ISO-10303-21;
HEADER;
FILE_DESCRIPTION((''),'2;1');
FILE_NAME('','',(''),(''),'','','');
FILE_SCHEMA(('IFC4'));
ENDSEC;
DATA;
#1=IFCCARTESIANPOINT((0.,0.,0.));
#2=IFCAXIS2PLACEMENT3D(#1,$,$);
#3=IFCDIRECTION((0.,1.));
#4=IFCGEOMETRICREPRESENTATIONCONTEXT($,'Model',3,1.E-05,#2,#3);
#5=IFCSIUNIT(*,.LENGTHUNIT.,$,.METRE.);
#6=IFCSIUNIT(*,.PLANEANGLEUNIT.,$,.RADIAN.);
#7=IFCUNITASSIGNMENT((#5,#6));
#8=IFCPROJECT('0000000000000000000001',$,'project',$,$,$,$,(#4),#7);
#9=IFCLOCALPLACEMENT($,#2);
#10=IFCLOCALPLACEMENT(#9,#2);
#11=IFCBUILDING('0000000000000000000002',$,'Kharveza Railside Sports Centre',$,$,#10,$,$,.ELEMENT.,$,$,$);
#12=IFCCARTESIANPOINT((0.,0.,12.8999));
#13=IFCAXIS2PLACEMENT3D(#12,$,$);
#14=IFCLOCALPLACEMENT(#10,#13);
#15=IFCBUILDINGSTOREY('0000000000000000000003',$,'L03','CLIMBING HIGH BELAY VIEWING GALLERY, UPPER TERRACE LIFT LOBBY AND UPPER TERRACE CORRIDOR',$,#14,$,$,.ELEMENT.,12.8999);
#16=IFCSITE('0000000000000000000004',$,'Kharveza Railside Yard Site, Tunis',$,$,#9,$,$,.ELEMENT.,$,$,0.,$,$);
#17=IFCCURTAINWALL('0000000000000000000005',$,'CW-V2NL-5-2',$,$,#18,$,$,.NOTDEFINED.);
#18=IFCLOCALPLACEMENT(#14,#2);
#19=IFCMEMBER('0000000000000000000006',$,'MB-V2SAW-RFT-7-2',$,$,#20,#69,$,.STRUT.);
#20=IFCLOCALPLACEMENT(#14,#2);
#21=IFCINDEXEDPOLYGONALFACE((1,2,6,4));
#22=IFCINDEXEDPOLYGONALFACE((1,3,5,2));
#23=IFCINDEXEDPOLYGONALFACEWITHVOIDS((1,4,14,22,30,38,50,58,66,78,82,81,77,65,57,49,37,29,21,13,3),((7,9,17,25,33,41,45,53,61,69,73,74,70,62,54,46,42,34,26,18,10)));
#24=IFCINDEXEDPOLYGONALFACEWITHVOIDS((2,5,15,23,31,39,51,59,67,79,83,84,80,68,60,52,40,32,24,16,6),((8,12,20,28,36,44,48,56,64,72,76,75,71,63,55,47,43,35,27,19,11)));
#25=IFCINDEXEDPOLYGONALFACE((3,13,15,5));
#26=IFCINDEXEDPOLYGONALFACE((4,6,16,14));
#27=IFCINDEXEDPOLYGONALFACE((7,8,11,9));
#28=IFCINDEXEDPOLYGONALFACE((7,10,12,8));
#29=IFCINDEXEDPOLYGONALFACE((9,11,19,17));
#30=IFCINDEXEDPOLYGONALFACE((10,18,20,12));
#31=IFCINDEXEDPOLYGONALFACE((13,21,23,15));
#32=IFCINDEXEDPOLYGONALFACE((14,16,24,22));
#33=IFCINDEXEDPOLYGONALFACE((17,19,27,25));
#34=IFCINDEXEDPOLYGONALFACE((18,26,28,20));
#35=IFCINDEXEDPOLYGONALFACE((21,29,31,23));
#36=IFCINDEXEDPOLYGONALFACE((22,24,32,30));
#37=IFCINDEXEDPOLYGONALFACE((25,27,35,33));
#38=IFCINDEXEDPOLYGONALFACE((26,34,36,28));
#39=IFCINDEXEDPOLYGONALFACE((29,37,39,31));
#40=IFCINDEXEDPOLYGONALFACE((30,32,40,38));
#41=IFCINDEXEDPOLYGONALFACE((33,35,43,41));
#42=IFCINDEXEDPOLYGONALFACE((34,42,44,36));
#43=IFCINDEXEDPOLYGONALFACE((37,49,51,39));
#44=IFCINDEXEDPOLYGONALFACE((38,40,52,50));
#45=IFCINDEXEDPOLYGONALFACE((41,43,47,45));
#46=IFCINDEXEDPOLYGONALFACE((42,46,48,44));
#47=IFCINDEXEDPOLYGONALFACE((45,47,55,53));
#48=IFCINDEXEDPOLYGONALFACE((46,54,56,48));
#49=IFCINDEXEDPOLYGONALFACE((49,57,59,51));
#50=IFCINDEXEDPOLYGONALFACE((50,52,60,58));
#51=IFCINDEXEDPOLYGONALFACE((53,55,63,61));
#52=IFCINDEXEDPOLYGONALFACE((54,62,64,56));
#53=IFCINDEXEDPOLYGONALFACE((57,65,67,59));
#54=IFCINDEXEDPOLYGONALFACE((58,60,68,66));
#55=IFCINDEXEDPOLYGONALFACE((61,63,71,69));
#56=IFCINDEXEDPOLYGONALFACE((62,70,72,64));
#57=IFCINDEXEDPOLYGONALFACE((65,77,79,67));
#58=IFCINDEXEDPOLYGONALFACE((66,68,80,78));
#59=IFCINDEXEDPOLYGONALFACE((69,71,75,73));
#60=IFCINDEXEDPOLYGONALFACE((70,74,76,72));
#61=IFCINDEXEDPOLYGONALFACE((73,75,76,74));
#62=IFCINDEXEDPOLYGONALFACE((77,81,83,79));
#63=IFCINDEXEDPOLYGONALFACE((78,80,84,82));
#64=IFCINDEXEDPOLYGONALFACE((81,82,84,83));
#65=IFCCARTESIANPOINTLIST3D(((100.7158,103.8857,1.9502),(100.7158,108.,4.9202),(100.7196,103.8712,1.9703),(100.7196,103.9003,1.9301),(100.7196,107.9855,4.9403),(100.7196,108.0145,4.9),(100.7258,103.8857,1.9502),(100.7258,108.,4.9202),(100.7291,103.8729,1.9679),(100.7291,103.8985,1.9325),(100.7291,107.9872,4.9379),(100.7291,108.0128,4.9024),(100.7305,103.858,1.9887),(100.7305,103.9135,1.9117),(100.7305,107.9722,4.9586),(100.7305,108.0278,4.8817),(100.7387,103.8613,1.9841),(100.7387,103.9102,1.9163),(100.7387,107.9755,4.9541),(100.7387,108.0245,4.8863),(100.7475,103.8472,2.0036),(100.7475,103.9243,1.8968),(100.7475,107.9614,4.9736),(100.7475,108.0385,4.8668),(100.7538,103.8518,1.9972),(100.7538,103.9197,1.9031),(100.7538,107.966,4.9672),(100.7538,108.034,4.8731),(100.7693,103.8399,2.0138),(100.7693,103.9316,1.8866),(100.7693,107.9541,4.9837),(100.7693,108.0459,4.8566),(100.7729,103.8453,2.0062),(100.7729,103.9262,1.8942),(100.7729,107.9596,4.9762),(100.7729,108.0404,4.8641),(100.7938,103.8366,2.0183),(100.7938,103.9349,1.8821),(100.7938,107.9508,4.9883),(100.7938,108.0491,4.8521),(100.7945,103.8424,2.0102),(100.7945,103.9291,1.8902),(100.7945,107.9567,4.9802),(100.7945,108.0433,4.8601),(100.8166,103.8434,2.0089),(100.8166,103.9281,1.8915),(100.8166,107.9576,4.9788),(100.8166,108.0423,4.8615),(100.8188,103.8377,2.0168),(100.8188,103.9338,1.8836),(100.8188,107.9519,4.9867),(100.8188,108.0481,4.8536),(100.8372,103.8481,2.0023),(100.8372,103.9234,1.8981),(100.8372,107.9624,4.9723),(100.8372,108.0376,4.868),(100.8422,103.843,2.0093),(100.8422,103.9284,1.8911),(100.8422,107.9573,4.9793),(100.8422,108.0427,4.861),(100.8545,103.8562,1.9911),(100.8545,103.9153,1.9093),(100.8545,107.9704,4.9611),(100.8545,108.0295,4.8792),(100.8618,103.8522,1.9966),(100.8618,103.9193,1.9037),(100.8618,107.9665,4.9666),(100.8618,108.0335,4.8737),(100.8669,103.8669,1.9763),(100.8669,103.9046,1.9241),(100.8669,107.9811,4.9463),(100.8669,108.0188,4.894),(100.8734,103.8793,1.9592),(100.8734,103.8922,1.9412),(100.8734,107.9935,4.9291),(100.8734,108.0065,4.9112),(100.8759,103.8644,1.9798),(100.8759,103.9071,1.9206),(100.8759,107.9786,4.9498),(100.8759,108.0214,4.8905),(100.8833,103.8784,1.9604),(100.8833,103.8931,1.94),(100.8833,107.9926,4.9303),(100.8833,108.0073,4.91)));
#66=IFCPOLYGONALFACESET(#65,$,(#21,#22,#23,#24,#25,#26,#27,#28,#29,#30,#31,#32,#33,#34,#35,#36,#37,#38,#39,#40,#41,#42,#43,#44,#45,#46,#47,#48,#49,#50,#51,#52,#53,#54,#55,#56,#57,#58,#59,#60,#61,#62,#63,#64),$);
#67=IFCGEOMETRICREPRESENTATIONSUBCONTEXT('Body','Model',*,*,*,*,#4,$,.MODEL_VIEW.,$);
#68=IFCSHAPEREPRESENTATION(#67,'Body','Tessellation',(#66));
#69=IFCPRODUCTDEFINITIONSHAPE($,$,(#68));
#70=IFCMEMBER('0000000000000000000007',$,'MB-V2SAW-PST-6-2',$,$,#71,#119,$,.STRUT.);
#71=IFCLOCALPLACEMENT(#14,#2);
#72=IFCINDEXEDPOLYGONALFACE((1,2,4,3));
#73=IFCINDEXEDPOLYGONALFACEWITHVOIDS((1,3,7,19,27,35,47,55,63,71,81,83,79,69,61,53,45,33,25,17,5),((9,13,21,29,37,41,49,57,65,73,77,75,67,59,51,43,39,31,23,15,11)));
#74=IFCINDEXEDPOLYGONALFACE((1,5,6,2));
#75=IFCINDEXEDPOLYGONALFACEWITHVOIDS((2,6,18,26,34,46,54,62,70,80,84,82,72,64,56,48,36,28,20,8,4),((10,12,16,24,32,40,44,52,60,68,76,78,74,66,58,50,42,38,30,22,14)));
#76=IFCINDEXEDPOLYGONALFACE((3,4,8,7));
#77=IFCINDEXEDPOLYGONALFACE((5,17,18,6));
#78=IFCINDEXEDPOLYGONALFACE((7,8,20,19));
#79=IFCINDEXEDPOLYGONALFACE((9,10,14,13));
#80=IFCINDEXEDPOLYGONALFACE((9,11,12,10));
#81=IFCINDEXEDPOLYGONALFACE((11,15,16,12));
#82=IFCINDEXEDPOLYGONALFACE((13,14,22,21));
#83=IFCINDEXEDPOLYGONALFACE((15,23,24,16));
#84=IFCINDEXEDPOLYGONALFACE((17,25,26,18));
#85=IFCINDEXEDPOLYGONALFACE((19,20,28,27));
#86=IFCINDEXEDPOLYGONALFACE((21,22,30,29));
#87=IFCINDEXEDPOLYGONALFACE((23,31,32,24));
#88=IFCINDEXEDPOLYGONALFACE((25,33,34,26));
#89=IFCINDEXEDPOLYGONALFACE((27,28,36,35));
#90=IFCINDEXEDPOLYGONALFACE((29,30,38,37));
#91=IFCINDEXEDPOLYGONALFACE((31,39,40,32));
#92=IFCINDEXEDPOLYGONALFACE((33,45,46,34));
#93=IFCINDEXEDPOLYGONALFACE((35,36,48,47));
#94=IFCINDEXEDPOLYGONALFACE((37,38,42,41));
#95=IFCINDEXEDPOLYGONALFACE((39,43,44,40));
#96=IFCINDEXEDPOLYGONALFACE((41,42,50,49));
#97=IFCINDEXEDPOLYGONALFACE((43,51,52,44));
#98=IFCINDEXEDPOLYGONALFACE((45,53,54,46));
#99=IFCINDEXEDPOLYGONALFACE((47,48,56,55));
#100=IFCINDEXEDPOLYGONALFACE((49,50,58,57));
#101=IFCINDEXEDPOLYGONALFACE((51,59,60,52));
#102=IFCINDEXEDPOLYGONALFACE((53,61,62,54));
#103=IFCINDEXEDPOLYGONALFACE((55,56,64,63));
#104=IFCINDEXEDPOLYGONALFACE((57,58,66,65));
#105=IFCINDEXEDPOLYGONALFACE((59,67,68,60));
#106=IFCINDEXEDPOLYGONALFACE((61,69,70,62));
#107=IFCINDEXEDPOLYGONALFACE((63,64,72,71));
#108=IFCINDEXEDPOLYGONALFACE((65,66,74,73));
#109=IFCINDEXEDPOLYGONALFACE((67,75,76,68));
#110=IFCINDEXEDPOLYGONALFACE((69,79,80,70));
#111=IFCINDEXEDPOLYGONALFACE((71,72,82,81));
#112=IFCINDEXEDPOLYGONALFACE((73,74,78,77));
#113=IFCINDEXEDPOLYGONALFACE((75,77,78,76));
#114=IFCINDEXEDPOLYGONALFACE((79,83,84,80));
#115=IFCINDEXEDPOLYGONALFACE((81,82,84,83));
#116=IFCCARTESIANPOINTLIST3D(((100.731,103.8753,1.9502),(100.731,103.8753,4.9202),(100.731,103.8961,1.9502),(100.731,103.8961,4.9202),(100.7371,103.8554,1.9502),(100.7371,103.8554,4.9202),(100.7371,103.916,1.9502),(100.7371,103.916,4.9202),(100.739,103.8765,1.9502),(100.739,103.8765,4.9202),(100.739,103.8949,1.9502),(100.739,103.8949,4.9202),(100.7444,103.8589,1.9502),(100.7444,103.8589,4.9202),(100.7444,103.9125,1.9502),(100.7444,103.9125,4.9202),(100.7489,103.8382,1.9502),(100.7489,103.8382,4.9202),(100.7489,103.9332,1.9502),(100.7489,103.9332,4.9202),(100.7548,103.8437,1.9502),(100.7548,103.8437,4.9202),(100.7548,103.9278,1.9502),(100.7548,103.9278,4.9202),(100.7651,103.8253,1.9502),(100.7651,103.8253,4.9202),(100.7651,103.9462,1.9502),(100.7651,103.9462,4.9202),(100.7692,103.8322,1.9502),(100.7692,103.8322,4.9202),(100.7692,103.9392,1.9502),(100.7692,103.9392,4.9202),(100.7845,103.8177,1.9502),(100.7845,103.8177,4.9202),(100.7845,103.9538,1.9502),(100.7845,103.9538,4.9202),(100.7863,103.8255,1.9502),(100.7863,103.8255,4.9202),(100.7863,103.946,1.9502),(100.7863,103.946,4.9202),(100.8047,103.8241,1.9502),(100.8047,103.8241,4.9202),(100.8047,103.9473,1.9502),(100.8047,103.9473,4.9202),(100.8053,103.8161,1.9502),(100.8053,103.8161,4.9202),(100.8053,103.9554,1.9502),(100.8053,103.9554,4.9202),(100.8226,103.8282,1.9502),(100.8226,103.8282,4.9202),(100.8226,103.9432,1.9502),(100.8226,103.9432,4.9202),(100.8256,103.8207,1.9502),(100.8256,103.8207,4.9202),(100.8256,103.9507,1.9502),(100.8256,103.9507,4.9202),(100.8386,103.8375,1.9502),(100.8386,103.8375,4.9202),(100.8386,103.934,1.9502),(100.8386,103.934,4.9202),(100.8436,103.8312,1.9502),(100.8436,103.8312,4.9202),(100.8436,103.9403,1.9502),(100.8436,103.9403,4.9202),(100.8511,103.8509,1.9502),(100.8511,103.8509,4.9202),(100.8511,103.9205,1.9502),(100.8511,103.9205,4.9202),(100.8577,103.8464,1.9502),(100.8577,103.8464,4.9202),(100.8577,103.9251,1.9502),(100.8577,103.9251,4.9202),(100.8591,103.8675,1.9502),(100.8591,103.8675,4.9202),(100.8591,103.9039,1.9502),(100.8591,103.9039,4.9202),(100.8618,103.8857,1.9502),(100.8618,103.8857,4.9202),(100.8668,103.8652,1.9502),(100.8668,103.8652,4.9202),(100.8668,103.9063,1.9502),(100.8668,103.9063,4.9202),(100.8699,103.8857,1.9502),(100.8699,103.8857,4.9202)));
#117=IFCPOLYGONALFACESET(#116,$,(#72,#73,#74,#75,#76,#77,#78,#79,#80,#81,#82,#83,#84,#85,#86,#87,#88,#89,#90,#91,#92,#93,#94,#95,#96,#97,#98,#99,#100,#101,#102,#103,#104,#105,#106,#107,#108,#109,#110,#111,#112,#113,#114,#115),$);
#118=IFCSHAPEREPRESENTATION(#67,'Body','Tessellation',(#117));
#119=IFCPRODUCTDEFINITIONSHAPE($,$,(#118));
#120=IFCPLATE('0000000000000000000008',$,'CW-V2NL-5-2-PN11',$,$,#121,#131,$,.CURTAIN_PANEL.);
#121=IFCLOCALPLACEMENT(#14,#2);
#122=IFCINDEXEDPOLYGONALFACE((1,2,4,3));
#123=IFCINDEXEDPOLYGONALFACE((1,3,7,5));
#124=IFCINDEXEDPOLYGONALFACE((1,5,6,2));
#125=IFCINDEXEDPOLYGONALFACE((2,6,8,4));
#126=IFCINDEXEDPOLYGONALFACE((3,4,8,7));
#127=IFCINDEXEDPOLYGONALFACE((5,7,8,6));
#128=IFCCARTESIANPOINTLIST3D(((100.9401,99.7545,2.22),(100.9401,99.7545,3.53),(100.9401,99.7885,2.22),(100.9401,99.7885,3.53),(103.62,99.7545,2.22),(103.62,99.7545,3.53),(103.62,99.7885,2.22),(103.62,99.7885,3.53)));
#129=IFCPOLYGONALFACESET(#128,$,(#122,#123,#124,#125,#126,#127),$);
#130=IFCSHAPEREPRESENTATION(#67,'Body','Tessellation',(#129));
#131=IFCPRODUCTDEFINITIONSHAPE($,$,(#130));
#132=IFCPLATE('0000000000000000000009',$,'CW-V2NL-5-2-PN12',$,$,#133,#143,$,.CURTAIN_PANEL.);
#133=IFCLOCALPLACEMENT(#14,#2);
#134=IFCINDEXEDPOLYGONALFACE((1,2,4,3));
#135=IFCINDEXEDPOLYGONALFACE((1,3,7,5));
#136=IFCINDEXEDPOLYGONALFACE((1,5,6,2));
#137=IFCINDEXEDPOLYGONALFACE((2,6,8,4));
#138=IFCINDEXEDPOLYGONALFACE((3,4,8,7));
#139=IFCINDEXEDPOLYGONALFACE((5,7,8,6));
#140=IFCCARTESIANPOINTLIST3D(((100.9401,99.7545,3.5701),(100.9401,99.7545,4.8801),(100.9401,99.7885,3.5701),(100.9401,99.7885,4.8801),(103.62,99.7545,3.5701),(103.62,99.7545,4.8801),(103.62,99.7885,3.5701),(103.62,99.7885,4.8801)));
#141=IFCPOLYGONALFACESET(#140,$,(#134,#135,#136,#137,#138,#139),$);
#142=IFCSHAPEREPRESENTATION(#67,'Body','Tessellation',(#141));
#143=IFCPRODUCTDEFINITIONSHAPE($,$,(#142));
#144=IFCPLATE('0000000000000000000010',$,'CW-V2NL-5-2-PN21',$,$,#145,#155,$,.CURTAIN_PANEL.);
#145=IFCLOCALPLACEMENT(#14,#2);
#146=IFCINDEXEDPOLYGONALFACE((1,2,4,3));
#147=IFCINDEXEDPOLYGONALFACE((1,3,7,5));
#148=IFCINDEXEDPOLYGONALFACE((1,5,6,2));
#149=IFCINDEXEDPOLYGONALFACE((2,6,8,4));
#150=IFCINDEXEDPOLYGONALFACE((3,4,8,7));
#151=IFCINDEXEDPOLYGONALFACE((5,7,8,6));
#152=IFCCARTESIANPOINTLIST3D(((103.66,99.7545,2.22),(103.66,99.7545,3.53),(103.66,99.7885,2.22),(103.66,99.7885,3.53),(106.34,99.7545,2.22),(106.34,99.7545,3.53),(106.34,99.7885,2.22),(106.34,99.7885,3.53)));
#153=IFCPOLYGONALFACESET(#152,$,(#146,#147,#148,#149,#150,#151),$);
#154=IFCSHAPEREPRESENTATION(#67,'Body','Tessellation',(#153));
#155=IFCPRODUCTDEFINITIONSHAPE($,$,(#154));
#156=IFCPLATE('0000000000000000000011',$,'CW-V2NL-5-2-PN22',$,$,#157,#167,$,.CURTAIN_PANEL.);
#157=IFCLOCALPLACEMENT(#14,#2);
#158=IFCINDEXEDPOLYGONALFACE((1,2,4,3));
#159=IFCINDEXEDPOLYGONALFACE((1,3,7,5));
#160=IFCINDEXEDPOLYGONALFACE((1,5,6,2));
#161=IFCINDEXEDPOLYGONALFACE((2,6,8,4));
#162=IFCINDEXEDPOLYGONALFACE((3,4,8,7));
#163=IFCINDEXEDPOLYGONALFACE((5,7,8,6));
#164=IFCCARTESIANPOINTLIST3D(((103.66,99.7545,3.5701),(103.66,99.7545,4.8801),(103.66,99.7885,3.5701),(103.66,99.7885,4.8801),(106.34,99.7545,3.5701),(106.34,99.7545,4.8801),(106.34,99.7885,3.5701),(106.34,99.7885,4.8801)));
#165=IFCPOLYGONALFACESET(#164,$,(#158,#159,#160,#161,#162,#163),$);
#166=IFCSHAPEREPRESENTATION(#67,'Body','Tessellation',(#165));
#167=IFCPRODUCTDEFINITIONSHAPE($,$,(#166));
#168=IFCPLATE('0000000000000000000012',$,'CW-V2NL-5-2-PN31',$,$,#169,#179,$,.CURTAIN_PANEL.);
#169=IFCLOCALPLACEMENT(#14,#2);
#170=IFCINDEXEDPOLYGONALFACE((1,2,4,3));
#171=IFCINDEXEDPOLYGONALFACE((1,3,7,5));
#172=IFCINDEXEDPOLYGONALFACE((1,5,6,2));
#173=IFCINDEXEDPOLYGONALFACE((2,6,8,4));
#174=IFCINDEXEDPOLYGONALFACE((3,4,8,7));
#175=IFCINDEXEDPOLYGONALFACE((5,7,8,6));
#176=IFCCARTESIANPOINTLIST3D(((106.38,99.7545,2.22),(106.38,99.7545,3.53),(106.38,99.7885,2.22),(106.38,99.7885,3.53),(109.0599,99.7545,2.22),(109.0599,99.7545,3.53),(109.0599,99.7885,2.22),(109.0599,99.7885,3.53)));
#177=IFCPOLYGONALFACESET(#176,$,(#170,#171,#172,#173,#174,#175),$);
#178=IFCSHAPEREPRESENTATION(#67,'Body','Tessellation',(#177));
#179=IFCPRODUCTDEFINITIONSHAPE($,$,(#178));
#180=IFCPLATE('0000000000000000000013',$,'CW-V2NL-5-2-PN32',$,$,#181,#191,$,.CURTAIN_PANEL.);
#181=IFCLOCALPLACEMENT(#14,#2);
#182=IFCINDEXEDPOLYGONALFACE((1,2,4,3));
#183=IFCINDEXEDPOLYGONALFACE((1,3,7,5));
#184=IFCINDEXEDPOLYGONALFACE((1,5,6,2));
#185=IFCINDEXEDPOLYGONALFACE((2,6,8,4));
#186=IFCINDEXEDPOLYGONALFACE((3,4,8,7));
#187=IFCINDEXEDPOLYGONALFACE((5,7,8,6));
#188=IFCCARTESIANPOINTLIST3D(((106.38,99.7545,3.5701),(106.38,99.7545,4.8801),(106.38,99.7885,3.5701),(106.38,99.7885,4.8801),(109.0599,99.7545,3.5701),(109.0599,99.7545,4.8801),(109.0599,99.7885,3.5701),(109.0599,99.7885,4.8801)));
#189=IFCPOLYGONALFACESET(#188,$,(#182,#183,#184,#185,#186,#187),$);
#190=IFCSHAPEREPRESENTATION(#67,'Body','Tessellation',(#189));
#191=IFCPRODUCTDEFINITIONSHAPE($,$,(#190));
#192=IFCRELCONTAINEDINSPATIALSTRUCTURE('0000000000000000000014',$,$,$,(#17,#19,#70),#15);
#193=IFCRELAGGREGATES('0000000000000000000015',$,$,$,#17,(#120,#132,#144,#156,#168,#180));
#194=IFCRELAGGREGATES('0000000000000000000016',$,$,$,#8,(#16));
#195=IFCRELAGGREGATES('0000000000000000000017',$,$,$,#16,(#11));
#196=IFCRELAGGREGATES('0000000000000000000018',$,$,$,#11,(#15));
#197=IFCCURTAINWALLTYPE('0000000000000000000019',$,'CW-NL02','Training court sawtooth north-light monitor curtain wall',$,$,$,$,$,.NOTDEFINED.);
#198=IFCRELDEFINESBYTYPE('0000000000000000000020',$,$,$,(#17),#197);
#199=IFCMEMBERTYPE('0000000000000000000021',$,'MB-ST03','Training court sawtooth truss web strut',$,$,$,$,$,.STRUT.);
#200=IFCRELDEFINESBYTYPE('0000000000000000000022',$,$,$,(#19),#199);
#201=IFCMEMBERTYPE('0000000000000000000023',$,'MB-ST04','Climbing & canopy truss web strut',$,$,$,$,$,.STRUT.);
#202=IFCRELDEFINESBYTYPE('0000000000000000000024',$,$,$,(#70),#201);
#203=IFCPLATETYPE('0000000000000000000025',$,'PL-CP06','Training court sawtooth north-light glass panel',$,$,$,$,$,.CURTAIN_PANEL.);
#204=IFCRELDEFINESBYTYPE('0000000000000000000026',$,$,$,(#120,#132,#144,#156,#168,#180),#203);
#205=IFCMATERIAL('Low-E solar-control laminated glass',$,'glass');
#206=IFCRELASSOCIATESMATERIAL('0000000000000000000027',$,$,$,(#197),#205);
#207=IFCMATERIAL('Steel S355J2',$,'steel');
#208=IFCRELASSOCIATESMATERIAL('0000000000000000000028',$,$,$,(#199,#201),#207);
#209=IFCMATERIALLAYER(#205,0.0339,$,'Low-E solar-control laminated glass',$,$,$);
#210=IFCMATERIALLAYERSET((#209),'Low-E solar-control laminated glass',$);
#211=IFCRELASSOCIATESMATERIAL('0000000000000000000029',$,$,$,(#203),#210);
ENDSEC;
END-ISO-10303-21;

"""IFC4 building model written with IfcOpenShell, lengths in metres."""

from ifc_helpers import new_model, si_unit, direction, frame, origin, origin_2d, place, context, subcontext, project, spatial, rectangle, hollow_circle, extrude, material, layer, layer_set, material_profile, profile_set, type_object, element, aggregate, save


model = new_model("IFC4")

# Units and contexts
model_context = context("Model", 3, precision=1e-05, world=origin(), true_north=direction((0.0, 1.0)))
body_context = subcontext(model_context, "Body", "Model", "MODEL_VIEW")
ifc_project = project(units=[si_unit("LENGTHUNIT", "METRE"), si_unit("PLANEANGLEUNIT", "RADIAN")], contexts=[model_context])

# Site, building, storey
site_placement = place(None, origin())
site = spatial("IfcSite", under=ifc_project, at=site_placement, Name="Kharveza Railside Yard Site, Tunis", CompositionType="ELEMENT", RefElevation=0.0)
building_placement = place(site_placement, origin())
building = spatial("IfcBuilding", under=site, at=building_placement, Name="Kharveza Railside Sports Centre", CompositionType="ELEMENT")
storey_placement = place(building_placement, frame((0.0, 0.0, 12.8999)))
storey = spatial("IfcBuildingStorey", under=building, at=storey_placement, Name="L03", Description="CLIMBING HIGH BELAY VIEWING GALLERY, UPPER TERRACE LIFT LOBBY AND UPPER TERRACE CORRIDOR", CompositionType="ELEMENT", Elevation=12.8999)

# Shared definitions
ifc_material_1 = material(Name="Steel S355J2", Category="steel")

# Curtain wall
ifc_material_2 = material(Name="Low-E solar-control laminated glass", Category="glass")
curtain_wall_type = type_object("IfcCurtainWallType", Name="CW-NL02", Description="Training court sawtooth north-light monitor curtain wall", PredefinedType="NOTDEFINED", material=ifc_material_2)
curtain_wall_1_placement = place(storey_placement, origin())
curtain_wall_1 = element("IfcCurtainWall", 1, at=curtain_wall_1_placement, inside=storey, type_object=curtain_wall_type, Name="CW-V2NL-5-2", PredefinedType="NOTDEFINED")

# Members
ifc_material_profile_1 = material_profile(ifc_material_1, hollow_circle(Radius=0.0842, WallThickness=0.01, at=origin_2d()), Name="CHS 168.3x10.0")
ifc_profile_set_1 = profile_set([ifc_material_profile_1], Name="Steel S355J2")
member_type_1 = type_object("IfcMemberType", Name="MB-ST03", Description="Training court sawtooth truss web strut", PredefinedType="STRUT", material=ifc_profile_set_1)
member_1_placement = place(storey_placement, frame((100.8, 103.8857, 1.9502), z_axis=(0.0, 0.810814, 0.585304), x_axis=(-1.0, 0.0, 0.0)))
element("IfcMember", 2, at=member_1_placement, inside=storey, type_object=member_type_1, Name="MB-V2SAW-RFT-7-2", PredefinedType="STRUT", context=body_context, shape_type="SweptSolid", body=[
    extrude(hollow_circle(Radius=0.0842, WallThickness=0.01, at=origin_2d()), origin(), (0.0, 0.0, 1.0), 5.0742),
])
ifc_material_profile_2 = material_profile(ifc_material_1, hollow_circle(Radius=0.0698, WallThickness=0.0081, at=origin_2d()), Name="CHS 139.7x8.0")
ifc_profile_set_2 = profile_set([ifc_material_profile_2], Name="Steel S355J2")
member_type_2 = type_object("IfcMemberType", Name="MB-ST04", Description="Climbing & canopy truss web strut", PredefinedType="STRUT", material=ifc_profile_set_2)
member_2_placement = place(storey_placement, frame((100.8, 103.8857, 1.9502), z_axis=(0.0, 0.0, 1.0), x_axis=(1.0, 0.0, 0.0)))
element("IfcMember", 3, at=member_2_placement, inside=storey, type_object=member_type_2, Name="MB-V2SAW-PST-6-2", PredefinedType="STRUT", context=body_context, shape_type="SweptSolid", body=[
    extrude(hollow_circle(Radius=0.0698, WallThickness=0.0081, at=origin_2d()), origin(), (0.0, 0.0, 1.0), 2.97),
])

# Plates
ifc_layer_1 = layer(ifc_material_2, 0.0339, Name="Low-E solar-control laminated glass")
ifc_layer_set_1 = layer_set([ifc_layer_1], Name="Low-E solar-control laminated glass")
plate_type = type_object("IfcPlateType", Name="PL-CP06", Description="Training court sawtooth north-light glass panel", PredefinedType="CURTAIN_PANEL", material=ifc_layer_set_1)
plate_1_placement = place(storey_placement, frame((102.28, 99.7715, 2.22), z_axis=(0.0, 0.0, 1.0), x_axis=(1.0, 0.0, 0.0)))
plate_1 = element("IfcPlate", 4, at=plate_1_placement, type_object=plate_type, Name="CW-V2NL-5-2-PN11", PredefinedType="CURTAIN_PANEL", context=body_context, shape_type="SweptSolid", body=[
    extrude(rectangle(XDim=2.6799, YDim=0.0339, at=origin_2d()), origin(), (0.0, 0.0, 1.0), 1.3101),
])
plate_2_placement = place(storey_placement, frame((102.28, 99.7715, 3.5701), z_axis=(0.0, 0.0, 1.0), x_axis=(1.0, 0.0, 0.0)))
plate_2 = element("IfcPlate", 5, at=plate_2_placement, type_object=plate_type, Name="CW-V2NL-5-2-PN12", PredefinedType="CURTAIN_PANEL", context=body_context, shape_type="SweptSolid", body=[
    extrude(rectangle(XDim=2.6799, YDim=0.0339, at=origin_2d()), origin(), (0.0, 0.0, 1.0), 1.3101),
])
plate_3_placement = place(storey_placement, frame((105.0, 99.7715, 2.22), z_axis=(0.0, 0.0, 1.0), x_axis=(1.0, 0.0, 0.0)))
plate_3 = element("IfcPlate", 6, at=plate_3_placement, type_object=plate_type, Name="CW-V2NL-5-2-PN21", PredefinedType="CURTAIN_PANEL", context=body_context, shape_type="SweptSolid", body=[
    extrude(rectangle(XDim=2.6799, YDim=0.0339, at=origin_2d()), origin(), (0.0, 0.0, 1.0), 1.3101),
])
plate_4_placement = place(storey_placement, frame((105.0, 99.7715, 3.5701), z_axis=(0.0, 0.0, 1.0), x_axis=(1.0, 0.0, 0.0)))
plate_4 = element("IfcPlate", 7, at=plate_4_placement, type_object=plate_type, Name="CW-V2NL-5-2-PN22", PredefinedType="CURTAIN_PANEL", context=body_context, shape_type="SweptSolid", body=[
    extrude(rectangle(XDim=2.6799, YDim=0.0339, at=origin_2d()), origin(), (0.0, 0.0, 1.0), 1.3101),
])
plate_5_placement = place(storey_placement, frame((107.72, 99.7715, 2.22), z_axis=(0.0, 0.0, 1.0), x_axis=(1.0, 0.0, 0.0)))
plate_5 = element("IfcPlate", 8, at=plate_5_placement, type_object=plate_type, Name="CW-V2NL-5-2-PN31", PredefinedType="CURTAIN_PANEL", context=body_context, shape_type="SweptSolid", body=[
    extrude(rectangle(XDim=2.6799, YDim=0.0339, at=origin_2d()), origin(), (0.0, 0.0, 1.0), 1.3101),
])
plate_6_placement = place(storey_placement, frame((107.72, 99.7715, 3.5701), z_axis=(0.0, 0.0, 1.0), x_axis=(1.0, 0.0, 0.0)))
plate_6 = element("IfcPlate", 9, at=plate_6_placement, type_object=plate_type, Name="CW-V2NL-5-2-PN32", PredefinedType="CURTAIN_PANEL", context=body_context, shape_type="SweptSolid", body=[
    extrude(rectangle(XDim=2.6799, YDim=0.0339, at=origin_2d()), origin(), (0.0, 0.0, 1.0), 1.3101),
])
aggregate(curtain_wall_1, [plate_1, plate_2, plate_3, plate_4, plate_5, plate_6])

save(model, "model.ifc")
